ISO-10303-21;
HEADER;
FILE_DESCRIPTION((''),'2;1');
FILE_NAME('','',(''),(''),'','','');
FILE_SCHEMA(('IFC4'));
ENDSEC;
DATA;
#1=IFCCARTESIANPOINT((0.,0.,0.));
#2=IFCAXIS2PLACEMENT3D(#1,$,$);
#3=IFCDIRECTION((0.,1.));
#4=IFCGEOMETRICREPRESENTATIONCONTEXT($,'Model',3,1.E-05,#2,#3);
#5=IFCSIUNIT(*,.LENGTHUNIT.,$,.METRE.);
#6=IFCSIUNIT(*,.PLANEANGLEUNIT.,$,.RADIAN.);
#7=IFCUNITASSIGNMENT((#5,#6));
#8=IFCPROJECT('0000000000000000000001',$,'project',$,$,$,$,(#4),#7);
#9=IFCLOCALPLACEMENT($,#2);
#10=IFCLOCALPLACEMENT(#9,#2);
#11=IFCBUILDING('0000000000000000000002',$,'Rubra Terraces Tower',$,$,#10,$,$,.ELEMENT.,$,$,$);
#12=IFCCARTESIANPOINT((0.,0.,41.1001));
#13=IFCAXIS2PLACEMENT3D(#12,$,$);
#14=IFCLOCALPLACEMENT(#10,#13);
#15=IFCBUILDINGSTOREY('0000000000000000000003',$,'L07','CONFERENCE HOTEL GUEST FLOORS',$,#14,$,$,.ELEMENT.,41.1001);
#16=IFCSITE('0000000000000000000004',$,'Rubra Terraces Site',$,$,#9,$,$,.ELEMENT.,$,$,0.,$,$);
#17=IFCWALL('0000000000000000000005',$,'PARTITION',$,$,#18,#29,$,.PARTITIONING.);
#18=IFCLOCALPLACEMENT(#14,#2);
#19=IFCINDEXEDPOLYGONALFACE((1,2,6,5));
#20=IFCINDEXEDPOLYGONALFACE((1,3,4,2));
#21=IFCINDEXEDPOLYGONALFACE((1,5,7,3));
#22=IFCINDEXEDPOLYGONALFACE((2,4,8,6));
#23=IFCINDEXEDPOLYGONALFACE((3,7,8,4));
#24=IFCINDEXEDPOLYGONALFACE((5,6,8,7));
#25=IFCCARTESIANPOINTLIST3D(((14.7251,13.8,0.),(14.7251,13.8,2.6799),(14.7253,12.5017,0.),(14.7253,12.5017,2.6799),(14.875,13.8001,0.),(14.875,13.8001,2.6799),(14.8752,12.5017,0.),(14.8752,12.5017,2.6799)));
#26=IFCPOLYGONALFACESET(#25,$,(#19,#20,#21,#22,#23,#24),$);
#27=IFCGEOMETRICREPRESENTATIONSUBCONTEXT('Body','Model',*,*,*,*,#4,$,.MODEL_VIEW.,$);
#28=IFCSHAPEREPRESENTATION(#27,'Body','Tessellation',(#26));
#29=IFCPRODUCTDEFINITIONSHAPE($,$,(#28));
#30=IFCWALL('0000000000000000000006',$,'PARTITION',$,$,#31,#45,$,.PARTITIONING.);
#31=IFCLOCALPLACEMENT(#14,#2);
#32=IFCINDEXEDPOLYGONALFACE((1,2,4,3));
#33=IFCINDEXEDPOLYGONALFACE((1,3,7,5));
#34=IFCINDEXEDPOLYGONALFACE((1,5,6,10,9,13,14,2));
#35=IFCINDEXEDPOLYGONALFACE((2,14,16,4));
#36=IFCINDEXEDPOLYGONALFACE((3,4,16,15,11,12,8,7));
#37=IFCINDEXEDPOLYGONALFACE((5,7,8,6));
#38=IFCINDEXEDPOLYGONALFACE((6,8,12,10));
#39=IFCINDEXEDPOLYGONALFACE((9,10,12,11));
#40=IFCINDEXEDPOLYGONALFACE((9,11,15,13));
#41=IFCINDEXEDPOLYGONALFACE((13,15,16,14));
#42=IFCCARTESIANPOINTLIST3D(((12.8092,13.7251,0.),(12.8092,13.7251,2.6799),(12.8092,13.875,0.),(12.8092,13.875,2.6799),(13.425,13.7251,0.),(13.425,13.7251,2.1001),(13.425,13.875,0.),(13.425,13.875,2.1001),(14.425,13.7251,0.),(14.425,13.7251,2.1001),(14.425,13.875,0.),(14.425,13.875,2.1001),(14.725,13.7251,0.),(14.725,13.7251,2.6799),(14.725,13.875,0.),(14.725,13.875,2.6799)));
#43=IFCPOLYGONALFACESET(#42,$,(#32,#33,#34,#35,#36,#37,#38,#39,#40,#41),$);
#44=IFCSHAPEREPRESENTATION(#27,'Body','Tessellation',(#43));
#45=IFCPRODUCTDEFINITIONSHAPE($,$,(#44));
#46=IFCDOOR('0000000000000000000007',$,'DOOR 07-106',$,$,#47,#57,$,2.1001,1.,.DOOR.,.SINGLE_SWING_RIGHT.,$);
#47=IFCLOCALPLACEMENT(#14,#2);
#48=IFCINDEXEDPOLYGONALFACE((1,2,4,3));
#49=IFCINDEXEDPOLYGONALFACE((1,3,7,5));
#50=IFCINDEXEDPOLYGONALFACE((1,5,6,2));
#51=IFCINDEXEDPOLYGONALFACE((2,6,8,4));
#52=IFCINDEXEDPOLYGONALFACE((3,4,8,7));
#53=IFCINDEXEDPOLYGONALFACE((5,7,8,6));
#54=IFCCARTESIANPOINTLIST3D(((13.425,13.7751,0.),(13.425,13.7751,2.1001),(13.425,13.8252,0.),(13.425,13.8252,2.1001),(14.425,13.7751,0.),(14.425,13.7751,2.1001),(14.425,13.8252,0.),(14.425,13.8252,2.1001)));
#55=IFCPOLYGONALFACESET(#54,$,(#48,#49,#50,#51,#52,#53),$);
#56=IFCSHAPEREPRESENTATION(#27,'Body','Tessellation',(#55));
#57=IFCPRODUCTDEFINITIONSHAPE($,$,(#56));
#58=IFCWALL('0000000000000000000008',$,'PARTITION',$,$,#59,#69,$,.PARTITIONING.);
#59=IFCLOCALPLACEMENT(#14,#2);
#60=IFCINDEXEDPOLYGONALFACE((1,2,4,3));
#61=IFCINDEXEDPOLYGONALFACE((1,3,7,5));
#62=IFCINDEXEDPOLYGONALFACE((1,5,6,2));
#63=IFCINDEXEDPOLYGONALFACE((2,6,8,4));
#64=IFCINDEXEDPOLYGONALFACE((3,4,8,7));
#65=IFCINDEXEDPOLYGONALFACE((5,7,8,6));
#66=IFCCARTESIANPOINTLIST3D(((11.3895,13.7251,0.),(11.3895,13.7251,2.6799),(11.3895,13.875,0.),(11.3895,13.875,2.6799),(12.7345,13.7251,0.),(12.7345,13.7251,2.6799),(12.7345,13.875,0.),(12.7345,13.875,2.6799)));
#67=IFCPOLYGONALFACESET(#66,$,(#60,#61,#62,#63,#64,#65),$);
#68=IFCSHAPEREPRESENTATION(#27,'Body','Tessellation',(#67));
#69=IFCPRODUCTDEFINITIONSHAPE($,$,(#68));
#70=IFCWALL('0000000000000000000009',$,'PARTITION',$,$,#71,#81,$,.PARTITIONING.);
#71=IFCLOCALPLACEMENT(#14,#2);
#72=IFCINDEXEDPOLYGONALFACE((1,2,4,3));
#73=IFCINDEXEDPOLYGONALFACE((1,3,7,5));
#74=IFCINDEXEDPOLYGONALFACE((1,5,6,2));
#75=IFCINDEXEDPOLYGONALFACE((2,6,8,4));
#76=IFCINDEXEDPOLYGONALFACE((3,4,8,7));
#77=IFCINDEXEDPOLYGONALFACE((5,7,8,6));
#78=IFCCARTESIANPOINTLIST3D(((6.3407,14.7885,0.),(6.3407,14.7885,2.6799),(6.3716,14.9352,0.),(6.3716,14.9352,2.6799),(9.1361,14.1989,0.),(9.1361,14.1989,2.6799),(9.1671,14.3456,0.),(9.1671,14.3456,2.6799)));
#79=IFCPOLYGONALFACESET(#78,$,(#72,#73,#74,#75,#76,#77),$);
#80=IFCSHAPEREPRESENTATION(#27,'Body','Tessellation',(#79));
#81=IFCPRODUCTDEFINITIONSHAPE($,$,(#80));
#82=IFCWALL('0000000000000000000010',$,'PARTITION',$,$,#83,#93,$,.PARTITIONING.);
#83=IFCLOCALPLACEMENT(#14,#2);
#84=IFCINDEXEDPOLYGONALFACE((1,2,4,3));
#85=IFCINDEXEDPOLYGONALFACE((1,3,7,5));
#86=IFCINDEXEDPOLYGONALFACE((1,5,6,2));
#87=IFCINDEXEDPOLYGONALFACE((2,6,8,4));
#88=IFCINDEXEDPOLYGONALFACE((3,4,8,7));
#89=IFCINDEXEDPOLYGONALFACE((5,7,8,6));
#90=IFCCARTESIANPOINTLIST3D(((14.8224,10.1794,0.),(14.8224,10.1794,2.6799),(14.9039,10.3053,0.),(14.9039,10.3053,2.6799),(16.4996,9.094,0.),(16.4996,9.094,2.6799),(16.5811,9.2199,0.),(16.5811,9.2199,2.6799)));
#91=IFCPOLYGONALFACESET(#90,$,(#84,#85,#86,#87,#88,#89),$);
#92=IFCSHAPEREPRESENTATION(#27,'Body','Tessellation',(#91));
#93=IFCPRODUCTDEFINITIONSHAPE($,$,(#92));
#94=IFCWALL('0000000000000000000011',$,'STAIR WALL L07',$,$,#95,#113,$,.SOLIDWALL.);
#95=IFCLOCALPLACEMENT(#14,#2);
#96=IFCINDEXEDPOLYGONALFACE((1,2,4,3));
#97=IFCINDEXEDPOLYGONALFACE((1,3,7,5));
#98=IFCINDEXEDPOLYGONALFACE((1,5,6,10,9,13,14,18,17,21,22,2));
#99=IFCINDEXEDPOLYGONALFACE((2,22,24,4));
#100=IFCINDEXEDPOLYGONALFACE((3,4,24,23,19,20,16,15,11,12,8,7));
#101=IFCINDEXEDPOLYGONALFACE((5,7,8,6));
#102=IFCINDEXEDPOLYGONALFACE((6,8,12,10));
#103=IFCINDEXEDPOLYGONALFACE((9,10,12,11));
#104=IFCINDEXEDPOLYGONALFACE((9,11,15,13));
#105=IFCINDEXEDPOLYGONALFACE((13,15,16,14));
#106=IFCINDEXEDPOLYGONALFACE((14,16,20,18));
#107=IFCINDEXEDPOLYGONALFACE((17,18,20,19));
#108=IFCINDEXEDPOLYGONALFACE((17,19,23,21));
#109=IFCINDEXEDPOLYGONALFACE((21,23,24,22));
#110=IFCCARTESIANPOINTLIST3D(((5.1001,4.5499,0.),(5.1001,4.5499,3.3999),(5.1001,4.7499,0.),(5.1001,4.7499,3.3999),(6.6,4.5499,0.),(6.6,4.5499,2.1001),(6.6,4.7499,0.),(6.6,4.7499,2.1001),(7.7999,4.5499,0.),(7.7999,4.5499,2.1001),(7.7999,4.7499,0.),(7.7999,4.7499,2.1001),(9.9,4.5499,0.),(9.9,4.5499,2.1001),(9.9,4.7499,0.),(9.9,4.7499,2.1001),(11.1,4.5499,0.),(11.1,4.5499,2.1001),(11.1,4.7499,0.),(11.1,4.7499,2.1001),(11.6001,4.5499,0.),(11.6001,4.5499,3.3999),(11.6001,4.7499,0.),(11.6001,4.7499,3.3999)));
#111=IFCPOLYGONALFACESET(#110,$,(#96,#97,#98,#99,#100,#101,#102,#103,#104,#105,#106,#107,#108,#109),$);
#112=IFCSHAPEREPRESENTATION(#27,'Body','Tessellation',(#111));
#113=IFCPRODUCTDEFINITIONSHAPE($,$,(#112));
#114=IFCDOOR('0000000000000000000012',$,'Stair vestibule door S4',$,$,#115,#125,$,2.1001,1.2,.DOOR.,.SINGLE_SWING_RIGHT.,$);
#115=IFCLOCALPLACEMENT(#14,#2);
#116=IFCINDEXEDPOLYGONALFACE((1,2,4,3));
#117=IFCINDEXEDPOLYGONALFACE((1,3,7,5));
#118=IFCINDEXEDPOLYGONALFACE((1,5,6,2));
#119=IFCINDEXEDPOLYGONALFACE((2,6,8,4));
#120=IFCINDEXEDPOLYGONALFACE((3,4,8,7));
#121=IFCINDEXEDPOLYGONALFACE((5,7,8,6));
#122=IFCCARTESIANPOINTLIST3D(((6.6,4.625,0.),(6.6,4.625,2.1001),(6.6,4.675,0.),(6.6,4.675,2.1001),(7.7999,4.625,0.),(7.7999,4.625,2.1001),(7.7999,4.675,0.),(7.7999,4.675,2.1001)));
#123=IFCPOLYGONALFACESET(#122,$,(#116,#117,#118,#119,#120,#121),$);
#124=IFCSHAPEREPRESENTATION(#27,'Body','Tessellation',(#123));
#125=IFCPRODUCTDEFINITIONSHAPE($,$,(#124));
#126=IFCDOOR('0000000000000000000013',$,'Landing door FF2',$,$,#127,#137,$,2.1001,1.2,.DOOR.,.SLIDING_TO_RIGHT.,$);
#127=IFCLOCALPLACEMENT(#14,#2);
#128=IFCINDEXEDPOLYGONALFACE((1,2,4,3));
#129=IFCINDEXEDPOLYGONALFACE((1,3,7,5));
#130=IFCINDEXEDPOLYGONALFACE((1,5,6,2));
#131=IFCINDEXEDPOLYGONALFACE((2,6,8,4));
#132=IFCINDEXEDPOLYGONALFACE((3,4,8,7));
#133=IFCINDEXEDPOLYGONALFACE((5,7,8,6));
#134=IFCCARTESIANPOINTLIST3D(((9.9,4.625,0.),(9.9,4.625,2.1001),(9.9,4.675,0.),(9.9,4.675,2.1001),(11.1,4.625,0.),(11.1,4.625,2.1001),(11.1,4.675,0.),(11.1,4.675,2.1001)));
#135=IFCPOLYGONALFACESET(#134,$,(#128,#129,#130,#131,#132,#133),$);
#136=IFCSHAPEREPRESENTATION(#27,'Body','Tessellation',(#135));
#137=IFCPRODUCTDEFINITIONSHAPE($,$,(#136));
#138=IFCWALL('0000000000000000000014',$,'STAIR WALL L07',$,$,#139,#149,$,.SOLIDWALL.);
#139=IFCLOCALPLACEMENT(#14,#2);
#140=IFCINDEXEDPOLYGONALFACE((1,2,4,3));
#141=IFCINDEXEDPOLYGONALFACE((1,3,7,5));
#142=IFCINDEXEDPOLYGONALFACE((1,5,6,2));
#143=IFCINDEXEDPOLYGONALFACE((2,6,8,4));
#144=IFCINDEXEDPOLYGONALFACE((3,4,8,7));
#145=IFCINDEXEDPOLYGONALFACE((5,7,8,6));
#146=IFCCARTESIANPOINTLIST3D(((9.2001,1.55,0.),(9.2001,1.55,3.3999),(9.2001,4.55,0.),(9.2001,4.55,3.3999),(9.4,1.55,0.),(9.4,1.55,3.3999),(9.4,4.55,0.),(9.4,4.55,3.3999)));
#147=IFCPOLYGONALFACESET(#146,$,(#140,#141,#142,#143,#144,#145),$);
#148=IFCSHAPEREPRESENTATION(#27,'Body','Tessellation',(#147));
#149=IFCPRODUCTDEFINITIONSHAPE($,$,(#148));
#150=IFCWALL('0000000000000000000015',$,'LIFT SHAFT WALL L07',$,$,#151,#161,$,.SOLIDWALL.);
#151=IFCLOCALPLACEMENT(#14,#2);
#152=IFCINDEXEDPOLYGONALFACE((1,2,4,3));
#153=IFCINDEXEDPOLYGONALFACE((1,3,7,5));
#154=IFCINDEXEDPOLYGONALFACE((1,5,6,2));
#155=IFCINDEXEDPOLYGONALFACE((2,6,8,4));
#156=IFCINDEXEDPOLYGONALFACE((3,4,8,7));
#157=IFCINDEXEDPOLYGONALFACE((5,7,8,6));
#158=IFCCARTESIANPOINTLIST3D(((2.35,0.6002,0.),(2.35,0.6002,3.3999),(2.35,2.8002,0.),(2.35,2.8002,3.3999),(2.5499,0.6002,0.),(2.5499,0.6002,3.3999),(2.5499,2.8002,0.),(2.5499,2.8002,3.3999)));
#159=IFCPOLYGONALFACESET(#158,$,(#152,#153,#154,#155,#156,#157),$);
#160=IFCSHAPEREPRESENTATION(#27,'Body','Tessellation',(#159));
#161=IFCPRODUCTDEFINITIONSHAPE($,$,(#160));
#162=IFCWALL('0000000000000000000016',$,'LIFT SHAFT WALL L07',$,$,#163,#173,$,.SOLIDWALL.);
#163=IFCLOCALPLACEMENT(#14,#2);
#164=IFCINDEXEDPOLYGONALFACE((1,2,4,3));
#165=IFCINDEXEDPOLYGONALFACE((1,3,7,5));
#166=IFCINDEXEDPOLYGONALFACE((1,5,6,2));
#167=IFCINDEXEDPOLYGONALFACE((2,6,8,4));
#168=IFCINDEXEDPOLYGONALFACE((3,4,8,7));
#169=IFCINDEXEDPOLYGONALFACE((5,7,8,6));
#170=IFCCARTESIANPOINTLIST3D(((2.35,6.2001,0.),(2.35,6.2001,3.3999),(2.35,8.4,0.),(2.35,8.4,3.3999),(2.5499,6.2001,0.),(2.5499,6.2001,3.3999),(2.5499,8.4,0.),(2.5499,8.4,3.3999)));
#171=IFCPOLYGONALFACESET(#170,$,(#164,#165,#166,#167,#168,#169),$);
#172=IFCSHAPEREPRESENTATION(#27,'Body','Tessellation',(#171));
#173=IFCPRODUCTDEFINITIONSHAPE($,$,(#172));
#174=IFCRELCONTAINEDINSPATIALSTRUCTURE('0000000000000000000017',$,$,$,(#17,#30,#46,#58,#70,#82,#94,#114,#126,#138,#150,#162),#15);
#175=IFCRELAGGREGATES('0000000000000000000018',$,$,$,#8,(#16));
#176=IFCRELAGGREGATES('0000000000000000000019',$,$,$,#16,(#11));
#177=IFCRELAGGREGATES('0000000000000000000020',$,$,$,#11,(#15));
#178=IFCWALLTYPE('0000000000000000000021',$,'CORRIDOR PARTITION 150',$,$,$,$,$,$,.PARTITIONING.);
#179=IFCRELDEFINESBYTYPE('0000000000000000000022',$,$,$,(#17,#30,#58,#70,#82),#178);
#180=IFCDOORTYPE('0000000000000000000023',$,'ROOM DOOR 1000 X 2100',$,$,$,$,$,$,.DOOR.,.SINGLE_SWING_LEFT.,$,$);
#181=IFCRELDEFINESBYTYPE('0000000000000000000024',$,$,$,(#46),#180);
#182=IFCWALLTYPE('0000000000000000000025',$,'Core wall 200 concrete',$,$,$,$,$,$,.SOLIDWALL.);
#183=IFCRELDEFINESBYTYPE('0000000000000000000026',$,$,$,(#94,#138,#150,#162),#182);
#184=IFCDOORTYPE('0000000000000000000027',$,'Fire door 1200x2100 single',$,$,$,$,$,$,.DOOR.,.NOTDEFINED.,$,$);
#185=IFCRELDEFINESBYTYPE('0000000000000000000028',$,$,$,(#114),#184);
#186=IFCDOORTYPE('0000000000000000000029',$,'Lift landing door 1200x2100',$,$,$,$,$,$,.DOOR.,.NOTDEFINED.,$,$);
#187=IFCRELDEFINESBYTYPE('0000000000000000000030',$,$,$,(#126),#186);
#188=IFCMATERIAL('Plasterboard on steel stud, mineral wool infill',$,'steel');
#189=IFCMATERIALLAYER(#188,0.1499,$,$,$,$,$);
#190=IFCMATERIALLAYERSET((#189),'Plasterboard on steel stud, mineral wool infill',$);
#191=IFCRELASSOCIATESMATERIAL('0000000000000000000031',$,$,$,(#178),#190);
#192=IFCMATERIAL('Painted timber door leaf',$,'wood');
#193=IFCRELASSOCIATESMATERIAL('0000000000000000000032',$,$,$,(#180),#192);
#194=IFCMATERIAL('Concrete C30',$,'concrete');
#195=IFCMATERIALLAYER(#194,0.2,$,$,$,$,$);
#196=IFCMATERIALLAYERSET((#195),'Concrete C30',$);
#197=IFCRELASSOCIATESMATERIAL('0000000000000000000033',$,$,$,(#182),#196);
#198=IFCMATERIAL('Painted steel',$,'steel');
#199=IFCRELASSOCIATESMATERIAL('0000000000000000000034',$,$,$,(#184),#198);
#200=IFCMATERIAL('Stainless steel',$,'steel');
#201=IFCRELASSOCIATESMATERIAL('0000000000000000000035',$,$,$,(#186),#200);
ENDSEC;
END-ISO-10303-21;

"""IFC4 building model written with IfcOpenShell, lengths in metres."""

from ifc_helpers import new_model, si_unit, direction, frame, frame_2d, origin, place, context, subcontext, project, spatial, rectangle, extrude, material, layer, layer_set, type_object, element, fill, save


model = new_model("IFC4")

# Units and contexts
model_context = context("Model", 3, precision=1e-05, world=origin(), true_north=direction((0.0, 1.0)))
body_context = subcontext(model_context, "Body", "Model", "MODEL_VIEW")
ifc_project = project(units=[si_unit("LENGTHUNIT", "METRE"), si_unit("PLANEANGLEUNIT", "RADIAN")], contexts=[model_context])

# Site, building, storey
site_placement = place(None, origin())
site = spatial("IfcSite", under=ifc_project, at=site_placement, Name="Rubra Terraces Site", CompositionType="ELEMENT", RefElevation=0.0)
building_placement = place(site_placement, origin())
building = spatial("IfcBuilding", under=site, at=building_placement, Name="Rubra Terraces Tower", CompositionType="ELEMENT")
storey_placement = place(building_placement, frame((0.0, 0.0, 41.1001)))
storey = spatial("IfcBuildingStorey", under=building, at=storey_placement, Name="L07", Description="CONFERENCE HOTEL GUEST FLOORS", CompositionType="ELEMENT", Elevation=41.1001)

# Wall
ifc_material_1 = material(Name="Plasterboard on steel stud, mineral wool infill", Category="steel")
ifc_layer_1 = layer(ifc_material_1, 0.1499)
ifc_layer_set_1 = layer_set([ifc_layer_1], Name="Plasterboard on steel stud, mineral wool infill")
wall_type_1 = type_object("IfcWallType", Name="CORRIDOR PARTITION 150", PredefinedType="PARTITIONING", material=ifc_layer_set_1)
wall_1_placement = place(storey_placement, frame((14.8003, 12.5017, 0.0), z_axis=(0.0, 0.0, 1.0), x_axis=(-0.000188, 1.0, 0.0)))
element("IfcWall", 1, at=wall_1_placement, inside=storey, type_object=wall_type_1, Name="PARTITION", PredefinedType="PARTITIONING", context=body_context, shape_type="SweptSolid", body=[
    extrude(rectangle(XDim=1.2983, YDim=0.1499, at=frame_2d((0.6492, 0.0))), origin(), (0.0, 0.0, 1.0), 2.6799),
])

# Wall, opening, door
wall_2_placement = place(storey_placement, frame((14.7251, 13.8, 0.0), z_axis=(0.0, 0.0, 1.0), x_axis=(-1.0, 0.0, 0.0)))
wall_2 = element("IfcWall", 2, at=wall_2_placement, inside=storey, type_object=wall_type_1, Name="PARTITION", PredefinedType="PARTITIONING", context=body_context, shape_type="SweptSolid", body=[
    extrude(rectangle(XDim=1.9158, YDim=0.1499, at=frame_2d((0.958, 0.0))), origin(), (0.0, 0.0, 1.0), 2.6799),
])
opening_1_placement = place(wall_2_placement, frame((0.3, 0.0, 0.0)))
opening_1 = element("IfcOpeningElement", 3, at=opening_1_placement, cuts=wall_2, PredefinedType="OPENING", context=body_context, shape_type="SweptSolid", body=[
    extrude(rectangle(XDim=1.0, YDim=2.1001, at=frame_2d((0.5, 1.05))), frame((0.0, 0.085, 0.0), z_axis=(0.0, -1.0, 0.0), x_axis=(1.0, 0.0, 0.0)), (0.0, 0.0, 1.0), 0.1699),
])
ifc_material_2 = material(Name="Painted timber door leaf", Category="wood")
door_type_1 = type_object("IfcDoorType", Name="ROOM DOOR 1000 X 2100", OperationType="SINGLE_SWING_LEFT", PredefinedType="DOOR", material=ifc_material_2)
door_1_placement = place(opening_1_placement, origin())
door_1 = element("IfcDoor", 4, at=door_1_placement, inside=storey, type_object=door_type_1, Name="DOOR 07-106", OperationType="SINGLE_SWING_RIGHT", OverallHeight=2.1001, OverallWidth=1.0, PredefinedType="DOOR", context=body_context, shape_type="SweptSolid", body=[
    extrude(rectangle(XDim=1.0, YDim=2.1001, at=frame_2d((0.5, 1.05))), frame((0.0, 0.0249, 0.0), z_axis=(0.0, -1.0, 0.0), x_axis=(1.0, 0.0, 0.0)), (0.0, 0.0, 1.0), 0.05),
])
fill(opening_1, door_1)

# Wall
wall_3_placement = place(storey_placement, frame((12.7344, 13.8, 0.0), z_axis=(0.0, 0.0, 1.0), x_axis=(-1.0, 0.0, 0.0)))
element("IfcWall", 5, at=wall_3_placement, inside=storey, type_object=wall_type_1, Name="PARTITION", PredefinedType="PARTITIONING", context=body_context, shape_type="SweptSolid", body=[
    extrude(rectangle(XDim=1.345, YDim=0.1499, at=frame_2d((0.6724, 0.0))), origin(), (0.0, 0.0, 1.0), 2.6799),
])

# Walls
wall_4_placement = place(storey_placement, frame((9.1516, 14.2722, 0.0), z_axis=(0.0, 0.0, 1.0), x_axis=(-0.978473, 0.206377, 0.0)))
element("IfcWall", 6, at=wall_4_placement, inside=storey, type_object=wall_type_1, Name="PARTITION", PredefinedType="PARTITIONING", context=body_context, shape_type="SweptSolid", body=[
    extrude(rectangle(XDim=2.8569, YDim=0.1499, at=frame_2d((1.4285, 0.0))), origin(), (0.0, 0.0, 1.0), 2.6799),
])
wall_5_placement = place(storey_placement, frame((14.863, 10.2424, 0.0), z_axis=(0.0, 0.0, 1.0), x_axis=(0.839531, -0.543312, 0.0)))
element("IfcWall", 7, at=wall_5_placement, inside=storey, type_object=wall_type_1, Name="PARTITION", PredefinedType="PARTITIONING", context=body_context, shape_type="SweptSolid", body=[
    extrude(rectangle(XDim=1.9978, YDim=0.1499, at=frame_2d((0.999, 0.0))), origin(), (0.0, 0.0, 1.0), 2.6799),
])

# Wall, openings, doors
ifc_material_3 = material(Name="Concrete C30", Category="concrete")
ifc_layer_2 = layer(ifc_material_3, 0.2)
ifc_layer_set_2 = layer_set([ifc_layer_2], Name="Concrete C30")
wall_type_2 = type_object("IfcWallType", Name="Core wall 200 concrete", PredefinedType="SOLIDWALL", material=ifc_layer_set_2)
wall_6_placement = place(storey_placement, frame((11.6001, 4.6499, 0.0), z_axis=(0.0, 0.0, 1.0), x_axis=(-1.0, 0.0, 0.0)))
wall_6 = element("IfcWall", 8, at=wall_6_placement, inside=storey, type_object=wall_type_2, Name="STAIR WALL L07", PredefinedType="SOLIDWALL", context=body_context, shape_type="SweptSolid", body=[
    extrude(rectangle(XDim=6.5, YDim=0.2, at=frame_2d((3.25, 0.0))), origin(), (0.0, 0.0, 1.0), 3.3999),
])
opening_2_placement = place(wall_6_placement, frame((3.8, 0.0, 0.0)))
opening_2 = element("IfcOpeningElement", 9, at=opening_2_placement, cuts=wall_6, PredefinedType="OPENING", context=body_context, shape_type="SweptSolid", body=[
    extrude(rectangle(XDim=1.2, YDim=2.1001, at=frame_2d((0.6001, 1.05))), frame((0.0, 0.1099, 0.0), z_axis=(0.0, -1.0, 0.0), x_axis=(1.0, 0.0, 0.0)), (0.0, 0.0, 1.0), 0.22),
])
opening_3_placement = place(wall_6_placement, frame((0.5, 0.0, 0.0)))
opening_3 = element("IfcOpeningElement", 10, at=opening_3_placement, cuts=wall_6, PredefinedType="OPENING", context=body_context, shape_type="SweptSolid", body=[
    extrude(rectangle(XDim=1.2, YDim=2.1001, at=frame_2d((0.6001, 1.05))), frame((0.0, 0.1099, 0.0), z_axis=(0.0, -1.0, 0.0), x_axis=(1.0, 0.0, 0.0)), (0.0, 0.0, 1.0), 0.22),
])
ifc_material_4 = material(Name="Painted steel", Category="steel")
door_type_2 = type_object("IfcDoorType", Name="Fire door 1200x2100 single", OperationType="NOTDEFINED", PredefinedType="DOOR", material=ifc_material_4)
door_2_placement = place(opening_2_placement, origin())
door_2 = element("IfcDoor", 11, at=door_2_placement, inside=storey, type_object=door_type_2, Name="Stair vestibule door S4", OperationType="SINGLE_SWING_RIGHT", OverallHeight=2.1001, OverallWidth=1.2, PredefinedType="DOOR", context=body_context, shape_type="SweptSolid", body=[
    extrude(rectangle(XDim=1.2, YDim=2.1001, at=frame_2d((0.6001, 1.05))), frame((0.0, 0.0249, 0.0), z_axis=(0.0, -1.0, 0.0), x_axis=(1.0, 0.0, 0.0)), (0.0, 0.0, 1.0), 0.05),
])
fill(opening_2, door_2)
ifc_material_5 = material(Name="Stainless steel", Category="steel")
door_type_3 = type_object("IfcDoorType", Name="Lift landing door 1200x2100", OperationType="NOTDEFINED", PredefinedType="DOOR", material=ifc_material_5)
door_3_placement = place(opening_3_placement, origin())
door_3 = element("IfcDoor", 12, at=door_3_placement, inside=storey, type_object=door_type_3, Name="Landing door FF2", OperationType="SLIDING_TO_RIGHT", OverallHeight=2.1001, OverallWidth=1.2, PredefinedType="DOOR", context=body_context, shape_type="SweptSolid", body=[
    extrude(rectangle(XDim=1.2, YDim=2.1001, at=frame_2d((0.6001, 1.05))), frame((0.0, 0.0249, 0.0), z_axis=(0.0, -1.0, 0.0), x_axis=(1.0, 0.0, 0.0)), (0.0, 0.0, 1.0), 0.05),
])
fill(opening_3, door_3)

# Walls
wall_7_placement = place(storey_placement, frame((9.3, 4.55, 0.0), z_axis=(0.0, 0.0, 1.0), x_axis=(0.0, -1.0, 0.0)))
element("IfcWall", 13, at=wall_7_placement, inside=storey, type_object=wall_type_2, Name="STAIR WALL L07", PredefinedType="SOLIDWALL", context=body_context, shape_type="SweptSolid", body=[
    extrude(rectangle(XDim=3.0, YDim=0.2, at=frame_2d((1.5, 0.0))), origin(), (0.0, 0.0, 1.0), 3.3999),
])
for number, where, z_axis, x_axis, name in (
    (14, (2.45, 0.6001, 0.0), (0.0, 0.0, 1.0), (0.0, 1.0, 0.0), "LIFT SHAFT WALL L07"),
    (15, (2.45, 6.2, 0.0), (0.0, 0.0, 1.0), (0.0, 1.0, 0.0), "LIFT SHAFT WALL L07"),
):
    element("IfcWall", number, at=place(storey_placement, frame(where, z_axis=z_axis, x_axis=x_axis)), inside=storey, type_object=wall_type_2, Name=name, PredefinedType="SOLIDWALL", context=body_context, shape_type="SweptSolid", body=[
        extrude(rectangle(XDim=2.2, YDim=0.2, at=frame_2d((1.1001, 0.0))), origin(), (0.0, 0.0, 1.0), 3.3999),
    ])

save(model, "model.ifc")
